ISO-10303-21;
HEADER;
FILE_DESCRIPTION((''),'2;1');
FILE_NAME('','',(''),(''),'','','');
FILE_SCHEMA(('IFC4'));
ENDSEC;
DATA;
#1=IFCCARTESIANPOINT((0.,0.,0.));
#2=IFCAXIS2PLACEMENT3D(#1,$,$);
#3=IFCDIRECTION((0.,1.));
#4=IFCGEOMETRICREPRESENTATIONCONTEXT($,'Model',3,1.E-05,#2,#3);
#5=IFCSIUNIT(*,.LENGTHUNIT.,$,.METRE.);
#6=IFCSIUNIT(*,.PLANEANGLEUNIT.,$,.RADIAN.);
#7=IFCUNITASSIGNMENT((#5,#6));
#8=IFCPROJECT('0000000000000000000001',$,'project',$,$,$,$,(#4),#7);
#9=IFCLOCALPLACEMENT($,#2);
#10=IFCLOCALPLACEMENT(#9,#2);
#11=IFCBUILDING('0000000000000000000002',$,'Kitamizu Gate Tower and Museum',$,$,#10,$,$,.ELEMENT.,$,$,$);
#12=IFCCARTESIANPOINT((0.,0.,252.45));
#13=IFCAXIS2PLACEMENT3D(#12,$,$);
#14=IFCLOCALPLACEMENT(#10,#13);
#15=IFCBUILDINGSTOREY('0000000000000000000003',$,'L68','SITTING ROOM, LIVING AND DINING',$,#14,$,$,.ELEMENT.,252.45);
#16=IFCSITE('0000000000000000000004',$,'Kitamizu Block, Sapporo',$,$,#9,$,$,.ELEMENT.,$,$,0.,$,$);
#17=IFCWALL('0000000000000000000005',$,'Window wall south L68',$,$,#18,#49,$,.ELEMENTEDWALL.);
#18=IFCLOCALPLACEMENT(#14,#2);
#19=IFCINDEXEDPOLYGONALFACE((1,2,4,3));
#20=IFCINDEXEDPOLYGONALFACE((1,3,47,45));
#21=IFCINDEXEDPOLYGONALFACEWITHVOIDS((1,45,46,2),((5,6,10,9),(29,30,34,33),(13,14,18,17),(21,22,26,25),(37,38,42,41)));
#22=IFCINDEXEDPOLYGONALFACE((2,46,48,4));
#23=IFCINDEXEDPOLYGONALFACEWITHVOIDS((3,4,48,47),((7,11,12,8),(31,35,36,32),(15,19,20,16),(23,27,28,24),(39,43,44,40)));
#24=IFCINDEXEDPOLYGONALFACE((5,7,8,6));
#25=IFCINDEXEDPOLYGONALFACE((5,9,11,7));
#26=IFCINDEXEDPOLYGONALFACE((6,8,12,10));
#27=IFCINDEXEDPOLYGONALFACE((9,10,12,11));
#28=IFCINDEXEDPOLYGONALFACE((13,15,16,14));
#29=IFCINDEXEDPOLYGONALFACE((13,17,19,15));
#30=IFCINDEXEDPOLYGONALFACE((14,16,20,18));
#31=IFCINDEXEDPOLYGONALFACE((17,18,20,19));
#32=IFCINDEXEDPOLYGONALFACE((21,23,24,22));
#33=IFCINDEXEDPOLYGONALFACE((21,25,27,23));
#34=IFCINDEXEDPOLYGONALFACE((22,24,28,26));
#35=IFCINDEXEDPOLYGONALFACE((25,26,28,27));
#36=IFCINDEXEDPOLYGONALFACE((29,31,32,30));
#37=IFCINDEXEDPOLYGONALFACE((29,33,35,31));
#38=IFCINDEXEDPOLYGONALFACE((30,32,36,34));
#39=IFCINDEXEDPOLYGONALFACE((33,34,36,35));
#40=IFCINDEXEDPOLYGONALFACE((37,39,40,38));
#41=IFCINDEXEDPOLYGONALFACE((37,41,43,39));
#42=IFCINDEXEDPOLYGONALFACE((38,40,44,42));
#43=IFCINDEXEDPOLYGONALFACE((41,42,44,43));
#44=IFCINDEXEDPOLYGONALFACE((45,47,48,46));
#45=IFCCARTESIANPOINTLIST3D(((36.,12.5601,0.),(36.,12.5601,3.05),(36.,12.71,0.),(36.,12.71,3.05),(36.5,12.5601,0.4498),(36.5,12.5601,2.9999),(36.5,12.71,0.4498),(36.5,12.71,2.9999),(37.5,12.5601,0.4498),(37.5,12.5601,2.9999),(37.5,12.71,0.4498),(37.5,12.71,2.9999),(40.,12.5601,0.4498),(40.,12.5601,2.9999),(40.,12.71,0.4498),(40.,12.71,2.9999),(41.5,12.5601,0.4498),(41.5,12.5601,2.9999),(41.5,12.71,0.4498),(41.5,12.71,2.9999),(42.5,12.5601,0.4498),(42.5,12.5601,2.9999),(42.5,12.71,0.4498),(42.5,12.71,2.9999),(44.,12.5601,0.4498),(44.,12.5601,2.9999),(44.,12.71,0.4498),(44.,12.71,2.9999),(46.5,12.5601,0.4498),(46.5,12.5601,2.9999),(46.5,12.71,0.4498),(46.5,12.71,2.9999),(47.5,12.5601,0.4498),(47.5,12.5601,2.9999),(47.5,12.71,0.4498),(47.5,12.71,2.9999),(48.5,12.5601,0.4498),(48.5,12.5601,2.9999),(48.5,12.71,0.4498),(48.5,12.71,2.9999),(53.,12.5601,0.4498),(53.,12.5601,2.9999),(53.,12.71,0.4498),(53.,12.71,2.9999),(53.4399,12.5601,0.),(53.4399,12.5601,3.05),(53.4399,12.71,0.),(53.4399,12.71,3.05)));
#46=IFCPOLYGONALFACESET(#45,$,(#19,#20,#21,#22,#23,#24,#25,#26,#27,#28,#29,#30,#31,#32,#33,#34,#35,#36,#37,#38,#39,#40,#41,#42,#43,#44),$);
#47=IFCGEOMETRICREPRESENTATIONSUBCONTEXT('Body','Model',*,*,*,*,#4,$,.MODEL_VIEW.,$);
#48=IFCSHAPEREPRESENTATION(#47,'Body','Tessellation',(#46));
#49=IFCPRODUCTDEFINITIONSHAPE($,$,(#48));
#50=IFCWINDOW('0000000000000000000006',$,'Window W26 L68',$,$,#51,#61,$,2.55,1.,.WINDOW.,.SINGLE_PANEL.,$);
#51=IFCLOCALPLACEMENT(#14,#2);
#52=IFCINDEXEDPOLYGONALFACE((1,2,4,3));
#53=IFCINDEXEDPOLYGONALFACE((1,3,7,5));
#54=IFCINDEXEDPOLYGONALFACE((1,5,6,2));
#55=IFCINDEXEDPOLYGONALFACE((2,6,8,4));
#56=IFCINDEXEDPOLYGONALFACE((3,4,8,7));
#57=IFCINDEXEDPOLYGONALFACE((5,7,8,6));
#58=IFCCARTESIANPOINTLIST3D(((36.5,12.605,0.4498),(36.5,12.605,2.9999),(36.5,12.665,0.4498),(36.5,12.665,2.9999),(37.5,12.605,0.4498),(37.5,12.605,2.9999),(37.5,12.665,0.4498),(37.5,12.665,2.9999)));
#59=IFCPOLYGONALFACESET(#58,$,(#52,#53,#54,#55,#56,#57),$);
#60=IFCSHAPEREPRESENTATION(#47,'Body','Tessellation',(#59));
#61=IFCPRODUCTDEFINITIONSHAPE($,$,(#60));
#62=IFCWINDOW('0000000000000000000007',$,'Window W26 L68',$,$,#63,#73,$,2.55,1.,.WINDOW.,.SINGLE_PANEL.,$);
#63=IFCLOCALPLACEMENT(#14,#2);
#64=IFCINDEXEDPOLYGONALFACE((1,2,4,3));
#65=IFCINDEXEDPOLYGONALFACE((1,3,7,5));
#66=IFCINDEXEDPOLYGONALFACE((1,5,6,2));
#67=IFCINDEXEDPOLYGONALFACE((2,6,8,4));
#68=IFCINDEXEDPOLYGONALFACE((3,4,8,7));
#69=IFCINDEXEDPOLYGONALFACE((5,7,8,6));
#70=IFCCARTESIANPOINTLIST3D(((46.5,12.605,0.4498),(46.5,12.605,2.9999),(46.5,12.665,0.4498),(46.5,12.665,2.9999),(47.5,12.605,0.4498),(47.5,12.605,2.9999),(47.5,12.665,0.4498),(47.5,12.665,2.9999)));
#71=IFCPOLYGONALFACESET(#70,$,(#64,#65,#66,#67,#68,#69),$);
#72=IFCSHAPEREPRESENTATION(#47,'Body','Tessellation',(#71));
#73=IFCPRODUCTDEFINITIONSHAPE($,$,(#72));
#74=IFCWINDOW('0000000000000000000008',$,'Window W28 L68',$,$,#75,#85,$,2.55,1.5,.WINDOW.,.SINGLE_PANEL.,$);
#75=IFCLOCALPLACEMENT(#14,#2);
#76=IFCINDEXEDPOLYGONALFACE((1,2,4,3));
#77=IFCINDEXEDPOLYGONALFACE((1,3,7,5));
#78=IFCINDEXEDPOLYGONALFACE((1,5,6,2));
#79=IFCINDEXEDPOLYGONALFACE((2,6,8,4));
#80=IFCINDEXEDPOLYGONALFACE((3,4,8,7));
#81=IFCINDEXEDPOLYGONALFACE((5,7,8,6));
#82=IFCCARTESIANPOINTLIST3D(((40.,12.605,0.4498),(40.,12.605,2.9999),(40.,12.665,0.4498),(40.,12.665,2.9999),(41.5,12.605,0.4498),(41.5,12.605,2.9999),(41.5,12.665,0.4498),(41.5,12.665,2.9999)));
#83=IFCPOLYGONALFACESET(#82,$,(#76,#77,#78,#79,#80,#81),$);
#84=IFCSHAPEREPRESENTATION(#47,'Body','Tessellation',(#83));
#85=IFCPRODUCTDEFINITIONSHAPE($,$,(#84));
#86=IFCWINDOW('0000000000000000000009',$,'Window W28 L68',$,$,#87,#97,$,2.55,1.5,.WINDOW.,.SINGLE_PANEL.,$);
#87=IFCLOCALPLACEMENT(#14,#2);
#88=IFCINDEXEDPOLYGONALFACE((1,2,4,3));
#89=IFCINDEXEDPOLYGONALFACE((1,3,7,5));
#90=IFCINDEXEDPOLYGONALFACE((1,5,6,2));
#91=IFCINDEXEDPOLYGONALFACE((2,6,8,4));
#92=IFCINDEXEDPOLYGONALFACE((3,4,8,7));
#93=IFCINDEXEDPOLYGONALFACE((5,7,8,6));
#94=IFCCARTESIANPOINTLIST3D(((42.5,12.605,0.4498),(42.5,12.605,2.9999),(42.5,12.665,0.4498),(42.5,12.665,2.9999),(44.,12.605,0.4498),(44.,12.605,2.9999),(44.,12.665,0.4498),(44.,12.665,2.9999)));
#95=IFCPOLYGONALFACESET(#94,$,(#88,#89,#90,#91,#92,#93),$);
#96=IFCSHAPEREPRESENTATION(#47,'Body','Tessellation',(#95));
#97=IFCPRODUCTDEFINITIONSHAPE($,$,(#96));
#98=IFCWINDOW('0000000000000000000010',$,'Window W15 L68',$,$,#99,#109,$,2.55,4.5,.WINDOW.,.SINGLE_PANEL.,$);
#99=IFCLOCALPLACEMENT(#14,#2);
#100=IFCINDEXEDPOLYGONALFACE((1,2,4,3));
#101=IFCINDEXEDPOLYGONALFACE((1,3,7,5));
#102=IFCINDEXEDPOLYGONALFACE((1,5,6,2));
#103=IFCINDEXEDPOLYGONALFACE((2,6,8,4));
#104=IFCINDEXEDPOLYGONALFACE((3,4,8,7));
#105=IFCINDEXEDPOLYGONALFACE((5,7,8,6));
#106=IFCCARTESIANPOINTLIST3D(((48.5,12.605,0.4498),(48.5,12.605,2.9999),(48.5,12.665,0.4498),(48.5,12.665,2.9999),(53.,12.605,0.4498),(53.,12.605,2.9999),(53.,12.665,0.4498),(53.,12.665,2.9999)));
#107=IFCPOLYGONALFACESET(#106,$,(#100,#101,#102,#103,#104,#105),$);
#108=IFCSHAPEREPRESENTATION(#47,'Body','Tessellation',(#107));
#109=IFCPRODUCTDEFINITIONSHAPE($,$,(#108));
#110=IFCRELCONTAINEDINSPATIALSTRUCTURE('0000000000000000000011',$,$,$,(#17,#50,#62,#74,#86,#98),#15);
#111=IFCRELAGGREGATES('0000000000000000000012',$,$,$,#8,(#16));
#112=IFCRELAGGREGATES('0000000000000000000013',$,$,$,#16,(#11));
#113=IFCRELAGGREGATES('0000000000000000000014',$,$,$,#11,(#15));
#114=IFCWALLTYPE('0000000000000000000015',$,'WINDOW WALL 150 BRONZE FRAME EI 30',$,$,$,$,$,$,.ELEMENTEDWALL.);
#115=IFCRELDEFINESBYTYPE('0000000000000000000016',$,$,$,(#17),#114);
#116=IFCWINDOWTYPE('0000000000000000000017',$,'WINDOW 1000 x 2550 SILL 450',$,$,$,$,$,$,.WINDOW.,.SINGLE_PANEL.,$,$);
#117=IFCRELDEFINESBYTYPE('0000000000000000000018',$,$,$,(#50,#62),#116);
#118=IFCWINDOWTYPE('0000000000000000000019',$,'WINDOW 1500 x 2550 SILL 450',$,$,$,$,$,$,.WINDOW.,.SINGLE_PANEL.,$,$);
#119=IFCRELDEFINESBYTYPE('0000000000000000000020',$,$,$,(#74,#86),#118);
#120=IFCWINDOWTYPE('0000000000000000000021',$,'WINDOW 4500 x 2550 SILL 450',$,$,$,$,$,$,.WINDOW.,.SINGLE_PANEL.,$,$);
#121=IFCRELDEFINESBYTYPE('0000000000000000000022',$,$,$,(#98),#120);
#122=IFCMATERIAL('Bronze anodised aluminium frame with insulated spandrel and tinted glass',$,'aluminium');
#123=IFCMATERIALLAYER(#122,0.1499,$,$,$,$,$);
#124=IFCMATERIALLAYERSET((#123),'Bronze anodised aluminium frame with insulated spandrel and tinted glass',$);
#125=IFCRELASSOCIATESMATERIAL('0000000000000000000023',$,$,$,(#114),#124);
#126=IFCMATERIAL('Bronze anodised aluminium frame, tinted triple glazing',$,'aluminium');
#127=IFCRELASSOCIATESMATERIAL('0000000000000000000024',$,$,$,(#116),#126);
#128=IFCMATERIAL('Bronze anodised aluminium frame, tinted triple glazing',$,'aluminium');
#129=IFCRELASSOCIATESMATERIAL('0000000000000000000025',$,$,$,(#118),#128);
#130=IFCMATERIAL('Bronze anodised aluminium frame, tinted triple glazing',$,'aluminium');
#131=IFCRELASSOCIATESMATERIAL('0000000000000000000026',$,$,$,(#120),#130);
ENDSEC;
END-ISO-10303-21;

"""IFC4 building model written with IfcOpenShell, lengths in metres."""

from ifc_helpers import new_model, si_unit, direction, frame, frame_2d, origin, place, context, subcontext, project, spatial, rectangle, extrude, material, layer, layer_set, type_object, element, fill, save


model = new_model("IFC4")

# Units and contexts
model_context = context("Model", 3, precision=1e-05, world=origin(), true_north=direction((0.0, 1.0)))
body_context = subcontext(model_context, "Body", "Model", "MODEL_VIEW")
ifc_project = project(units=[si_unit("LENGTHUNIT", "METRE"), si_unit("PLANEANGLEUNIT", "RADIAN")], contexts=[model_context])

# Site, building, storey
site_placement = place(None, origin())
site = spatial("IfcSite", under=ifc_project, at=site_placement, Name="Kitamizu Block, Sapporo", CompositionType="ELEMENT", RefElevation=0.0)
building_placement = place(site_placement, origin())
building = spatial("IfcBuilding", under=site, at=building_placement, Name="Kitamizu Gate Tower and Museum", CompositionType="ELEMENT")
storey_placement = place(building_placement, frame((0.0, 0.0, 252.45)))
storey = spatial("IfcBuildingStorey", under=building, at=storey_placement, Name="L68", Description="SITTING ROOM, LIVING AND DINING", CompositionType="ELEMENT", Elevation=252.45)

# Wall, openings, windows
ifc_material_1 = material(Name="Bronze anodised aluminium frame with insulated spandrel and tinted glass", Category="aluminium")
ifc_layer_1 = layer(ifc_material_1, 0.1499)
ifc_layer_set_1 = layer_set([ifc_layer_1], Name="Bronze anodised aluminium frame with insulated spandrel and tinted glass")
wall_type = type_object("IfcWallType", Name="WINDOW WALL 150 BRONZE FRAME EI 30", PredefinedType="ELEMENTEDWALL", material=ifc_layer_set_1)
wall_placement = place(storey_placement, frame((36.0, 12.635, 0.0), z_axis=(0.0, 0.0, 1.0), x_axis=(1.0, 0.0, 0.0)))
wall = element("IfcWall", 1, at=wall_placement, inside=storey, type_object=wall_type, Name="Window wall south L68", PredefinedType="ELEMENTEDWALL", context=body_context, shape_type="SweptSolid", body=[
    extrude(rectangle(XDim=17.4399, YDim=0.1499, at=frame_2d((8.72, 0.0))), origin(), (0.0, 0.0, 1.0), 3.05),
])
opening_1_placement = place(wall_placement, frame((0.5, 0.0, 0.45)))
opening_1 = element("IfcOpeningElement", 2, at=opening_1_placement, cuts=wall, PredefinedType="OPENING", context=body_context, shape_type="SweptSolid", body=[
    extrude(rectangle(XDim=1.0, YDim=2.55, at=frame_2d((0.5, 1.2749))), frame((0.0, 0.085, 0.0), z_axis=(0.0, -1.0, 0.0), x_axis=(1.0, 0.0, 0.0)), (0.0, 0.0, 1.0), 0.1699),
])
opening_2_placement = place(wall_placement, frame((4.0, 0.0, 0.45)))
opening_2 = element("IfcOpeningElement", 3, at=opening_2_placement, cuts=wall, PredefinedType="OPENING", context=body_context, shape_type="SweptSolid", body=[
    extrude(rectangle(XDim=1.5, YDim=2.55, at=frame_2d((0.75, 1.2749))), frame((0.0, 0.085, 0.0), z_axis=(0.0, -1.0, 0.0), x_axis=(1.0, 0.0, 0.0)), (0.0, 0.0, 1.0), 0.1699),
])
opening_3_placement = place(wall_placement, frame((6.5, 0.0, 0.45)))
opening_3 = element("IfcOpeningElement", 4, at=opening_3_placement, cuts=wall, PredefinedType="OPENING", context=body_context, shape_type="SweptSolid", body=[
    extrude(rectangle(XDim=1.5, YDim=2.55, at=frame_2d((0.75, 1.2749))), frame((0.0, 0.085, 0.0), z_axis=(0.0, -1.0, 0.0), x_axis=(1.0, 0.0, 0.0)), (0.0, 0.0, 1.0), 0.1699),
])
opening_4_placement = place(wall_placement, frame((10.5, 0.0, 0.45)))
opening_4 = element("IfcOpeningElement", 5, at=opening_4_placement, cuts=wall, PredefinedType="OPENING", context=body_context, shape_type="SweptSolid", body=[
    extrude(rectangle(XDim=1.0, YDim=2.55, at=frame_2d((0.5, 1.2749))), frame((0.0, 0.085, 0.0), z_axis=(0.0, -1.0, 0.0), x_axis=(1.0, 0.0, 0.0)), (0.0, 0.0, 1.0), 0.1699),
])
opening_5_placement = place(wall_placement, frame((12.5, 0.0, 0.45)))
opening_5 = element("IfcOpeningElement", 6, at=opening_5_placement, cuts=wall, PredefinedType="OPENING", context=body_context, shape_type="SweptSolid", body=[
    extrude(rectangle(XDim=4.5, YDim=2.55, at=frame_2d((2.25, 1.2749))), frame((0.0, 0.085, 0.0), z_axis=(0.0, -1.0, 0.0), x_axis=(1.0, 0.0, 0.0)), (0.0, 0.0, 1.0), 0.1699),
])
ifc_material_2 = material(Name="Bronze anodised aluminium frame, tinted triple glazing", Category="aluminium")
window_type_1 = type_object("IfcWindowType", Name="WINDOW 1000 x 2550 SILL 450", PartitioningType="SINGLE_PANEL", PredefinedType="WINDOW", material=ifc_material_2)
window_1_placement = place(opening_1_placement, origin())
window_1 = element("IfcWindow", 7, at=window_1_placement, inside=storey, type_object=window_type_1, Name="Window W26 L68", OverallHeight=2.55, OverallWidth=1.0, PartitioningType="SINGLE_PANEL", PredefinedType="WINDOW", context=body_context, shape_type="SweptSolid", body=[
    extrude(rectangle(XDim=1.0, YDim=2.55, at=frame_2d((0.5, 1.2749))), frame((0.0, 0.03, 0.0), z_axis=(0.0, -1.0, 0.0), x_axis=(1.0, 0.0, 0.0)), (0.0, 0.0, 1.0), 0.0601),
])
fill(opening_1, window_1)
window_2_placement = place(opening_4_placement, origin())
window_2 = element("IfcWindow", 8, at=window_2_placement, inside=storey, type_object=window_type_1, Name="Window W26 L68", OverallHeight=2.55, OverallWidth=1.0, PartitioningType="SINGLE_PANEL", PredefinedType="WINDOW", context=body_context, shape_type="SweptSolid", body=[
    extrude(rectangle(XDim=1.0, YDim=2.55, at=frame_2d((0.5, 1.2749))), frame((0.0, 0.03, 0.0), z_axis=(0.0, -1.0, 0.0), x_axis=(1.0, 0.0, 0.0)), (0.0, 0.0, 1.0), 0.0601),
])
fill(opening_4, window_2)
ifc_material_3 = material(Name="Bronze anodised aluminium frame, tinted triple glazing", Category="aluminium")
window_type_2 = type_object("IfcWindowType", Name="WINDOW 1500 x 2550 SILL 450", PartitioningType="SINGLE_PANEL", PredefinedType="WINDOW", material=ifc_material_3)
window_3_placement = place(opening_2_placement, origin())
window_3 = element("IfcWindow", 9, at=window_3_placement, inside=storey, type_object=window_type_2, Name="Window W28 L68", OverallHeight=2.55, OverallWidth=1.5, PartitioningType="SINGLE_PANEL", PredefinedType="WINDOW", context=body_context, shape_type="SweptSolid", body=[
    extrude(rectangle(XDim=1.5, YDim=2.55, at=frame_2d((0.75, 1.2749))), frame((0.0, 0.03, 0.0), z_axis=(0.0, -1.0, 0.0), x_axis=(1.0, 0.0, 0.0)), (0.0, 0.0, 1.0), 0.0601),
])
fill(opening_2, window_3)
window_4_placement = place(opening_3_placement, origin())
window_4 = element("IfcWindow", 10, at=window_4_placement, inside=storey, type_object=window_type_2, Name="Window W28 L68", OverallHeight=2.55, OverallWidth=1.5, PartitioningType="SINGLE_PANEL", PredefinedType="WINDOW", context=body_context, shape_type="SweptSolid", body=[
    extrude(rectangle(XDim=1.5, YDim=2.55, at=frame_2d((0.75, 1.2749))), frame((0.0, 0.03, 0.0), z_axis=(0.0, -1.0, 0.0), x_axis=(1.0, 0.0, 0.0)), (0.0, 0.0, 1.0), 0.0601),
])
fill(opening_3, window_4)
ifc_material_4 = material(Name="Bronze anodised aluminium frame, tinted triple glazing", Category="aluminium")
window_type_3 = type_object("IfcWindowType", Name="WINDOW 4500 x 2550 SILL 450", PartitioningType="SINGLE_PANEL", PredefinedType="WINDOW", material=ifc_material_4)
window_5_placement = place(opening_5_placement, origin())
window_5 = element("IfcWindow", 11, at=window_5_placement, inside=storey, type_object=window_type_3, Name="Window W15 L68", OverallHeight=2.55, OverallWidth=4.5, PartitioningType="SINGLE_PANEL", PredefinedType="WINDOW", context=body_context, shape_type="SweptSolid", body=[
    extrude(rectangle(XDim=4.5, YDim=2.55, at=frame_2d((2.25, 1.2749))), frame((0.0, 0.03, 0.0), z_axis=(0.0, -1.0, 0.0), x_axis=(1.0, 0.0, 0.0)), (0.0, 0.0, 1.0), 0.0601),
])
fill(opening_5, window_5)

save(model, "model.ifc")
